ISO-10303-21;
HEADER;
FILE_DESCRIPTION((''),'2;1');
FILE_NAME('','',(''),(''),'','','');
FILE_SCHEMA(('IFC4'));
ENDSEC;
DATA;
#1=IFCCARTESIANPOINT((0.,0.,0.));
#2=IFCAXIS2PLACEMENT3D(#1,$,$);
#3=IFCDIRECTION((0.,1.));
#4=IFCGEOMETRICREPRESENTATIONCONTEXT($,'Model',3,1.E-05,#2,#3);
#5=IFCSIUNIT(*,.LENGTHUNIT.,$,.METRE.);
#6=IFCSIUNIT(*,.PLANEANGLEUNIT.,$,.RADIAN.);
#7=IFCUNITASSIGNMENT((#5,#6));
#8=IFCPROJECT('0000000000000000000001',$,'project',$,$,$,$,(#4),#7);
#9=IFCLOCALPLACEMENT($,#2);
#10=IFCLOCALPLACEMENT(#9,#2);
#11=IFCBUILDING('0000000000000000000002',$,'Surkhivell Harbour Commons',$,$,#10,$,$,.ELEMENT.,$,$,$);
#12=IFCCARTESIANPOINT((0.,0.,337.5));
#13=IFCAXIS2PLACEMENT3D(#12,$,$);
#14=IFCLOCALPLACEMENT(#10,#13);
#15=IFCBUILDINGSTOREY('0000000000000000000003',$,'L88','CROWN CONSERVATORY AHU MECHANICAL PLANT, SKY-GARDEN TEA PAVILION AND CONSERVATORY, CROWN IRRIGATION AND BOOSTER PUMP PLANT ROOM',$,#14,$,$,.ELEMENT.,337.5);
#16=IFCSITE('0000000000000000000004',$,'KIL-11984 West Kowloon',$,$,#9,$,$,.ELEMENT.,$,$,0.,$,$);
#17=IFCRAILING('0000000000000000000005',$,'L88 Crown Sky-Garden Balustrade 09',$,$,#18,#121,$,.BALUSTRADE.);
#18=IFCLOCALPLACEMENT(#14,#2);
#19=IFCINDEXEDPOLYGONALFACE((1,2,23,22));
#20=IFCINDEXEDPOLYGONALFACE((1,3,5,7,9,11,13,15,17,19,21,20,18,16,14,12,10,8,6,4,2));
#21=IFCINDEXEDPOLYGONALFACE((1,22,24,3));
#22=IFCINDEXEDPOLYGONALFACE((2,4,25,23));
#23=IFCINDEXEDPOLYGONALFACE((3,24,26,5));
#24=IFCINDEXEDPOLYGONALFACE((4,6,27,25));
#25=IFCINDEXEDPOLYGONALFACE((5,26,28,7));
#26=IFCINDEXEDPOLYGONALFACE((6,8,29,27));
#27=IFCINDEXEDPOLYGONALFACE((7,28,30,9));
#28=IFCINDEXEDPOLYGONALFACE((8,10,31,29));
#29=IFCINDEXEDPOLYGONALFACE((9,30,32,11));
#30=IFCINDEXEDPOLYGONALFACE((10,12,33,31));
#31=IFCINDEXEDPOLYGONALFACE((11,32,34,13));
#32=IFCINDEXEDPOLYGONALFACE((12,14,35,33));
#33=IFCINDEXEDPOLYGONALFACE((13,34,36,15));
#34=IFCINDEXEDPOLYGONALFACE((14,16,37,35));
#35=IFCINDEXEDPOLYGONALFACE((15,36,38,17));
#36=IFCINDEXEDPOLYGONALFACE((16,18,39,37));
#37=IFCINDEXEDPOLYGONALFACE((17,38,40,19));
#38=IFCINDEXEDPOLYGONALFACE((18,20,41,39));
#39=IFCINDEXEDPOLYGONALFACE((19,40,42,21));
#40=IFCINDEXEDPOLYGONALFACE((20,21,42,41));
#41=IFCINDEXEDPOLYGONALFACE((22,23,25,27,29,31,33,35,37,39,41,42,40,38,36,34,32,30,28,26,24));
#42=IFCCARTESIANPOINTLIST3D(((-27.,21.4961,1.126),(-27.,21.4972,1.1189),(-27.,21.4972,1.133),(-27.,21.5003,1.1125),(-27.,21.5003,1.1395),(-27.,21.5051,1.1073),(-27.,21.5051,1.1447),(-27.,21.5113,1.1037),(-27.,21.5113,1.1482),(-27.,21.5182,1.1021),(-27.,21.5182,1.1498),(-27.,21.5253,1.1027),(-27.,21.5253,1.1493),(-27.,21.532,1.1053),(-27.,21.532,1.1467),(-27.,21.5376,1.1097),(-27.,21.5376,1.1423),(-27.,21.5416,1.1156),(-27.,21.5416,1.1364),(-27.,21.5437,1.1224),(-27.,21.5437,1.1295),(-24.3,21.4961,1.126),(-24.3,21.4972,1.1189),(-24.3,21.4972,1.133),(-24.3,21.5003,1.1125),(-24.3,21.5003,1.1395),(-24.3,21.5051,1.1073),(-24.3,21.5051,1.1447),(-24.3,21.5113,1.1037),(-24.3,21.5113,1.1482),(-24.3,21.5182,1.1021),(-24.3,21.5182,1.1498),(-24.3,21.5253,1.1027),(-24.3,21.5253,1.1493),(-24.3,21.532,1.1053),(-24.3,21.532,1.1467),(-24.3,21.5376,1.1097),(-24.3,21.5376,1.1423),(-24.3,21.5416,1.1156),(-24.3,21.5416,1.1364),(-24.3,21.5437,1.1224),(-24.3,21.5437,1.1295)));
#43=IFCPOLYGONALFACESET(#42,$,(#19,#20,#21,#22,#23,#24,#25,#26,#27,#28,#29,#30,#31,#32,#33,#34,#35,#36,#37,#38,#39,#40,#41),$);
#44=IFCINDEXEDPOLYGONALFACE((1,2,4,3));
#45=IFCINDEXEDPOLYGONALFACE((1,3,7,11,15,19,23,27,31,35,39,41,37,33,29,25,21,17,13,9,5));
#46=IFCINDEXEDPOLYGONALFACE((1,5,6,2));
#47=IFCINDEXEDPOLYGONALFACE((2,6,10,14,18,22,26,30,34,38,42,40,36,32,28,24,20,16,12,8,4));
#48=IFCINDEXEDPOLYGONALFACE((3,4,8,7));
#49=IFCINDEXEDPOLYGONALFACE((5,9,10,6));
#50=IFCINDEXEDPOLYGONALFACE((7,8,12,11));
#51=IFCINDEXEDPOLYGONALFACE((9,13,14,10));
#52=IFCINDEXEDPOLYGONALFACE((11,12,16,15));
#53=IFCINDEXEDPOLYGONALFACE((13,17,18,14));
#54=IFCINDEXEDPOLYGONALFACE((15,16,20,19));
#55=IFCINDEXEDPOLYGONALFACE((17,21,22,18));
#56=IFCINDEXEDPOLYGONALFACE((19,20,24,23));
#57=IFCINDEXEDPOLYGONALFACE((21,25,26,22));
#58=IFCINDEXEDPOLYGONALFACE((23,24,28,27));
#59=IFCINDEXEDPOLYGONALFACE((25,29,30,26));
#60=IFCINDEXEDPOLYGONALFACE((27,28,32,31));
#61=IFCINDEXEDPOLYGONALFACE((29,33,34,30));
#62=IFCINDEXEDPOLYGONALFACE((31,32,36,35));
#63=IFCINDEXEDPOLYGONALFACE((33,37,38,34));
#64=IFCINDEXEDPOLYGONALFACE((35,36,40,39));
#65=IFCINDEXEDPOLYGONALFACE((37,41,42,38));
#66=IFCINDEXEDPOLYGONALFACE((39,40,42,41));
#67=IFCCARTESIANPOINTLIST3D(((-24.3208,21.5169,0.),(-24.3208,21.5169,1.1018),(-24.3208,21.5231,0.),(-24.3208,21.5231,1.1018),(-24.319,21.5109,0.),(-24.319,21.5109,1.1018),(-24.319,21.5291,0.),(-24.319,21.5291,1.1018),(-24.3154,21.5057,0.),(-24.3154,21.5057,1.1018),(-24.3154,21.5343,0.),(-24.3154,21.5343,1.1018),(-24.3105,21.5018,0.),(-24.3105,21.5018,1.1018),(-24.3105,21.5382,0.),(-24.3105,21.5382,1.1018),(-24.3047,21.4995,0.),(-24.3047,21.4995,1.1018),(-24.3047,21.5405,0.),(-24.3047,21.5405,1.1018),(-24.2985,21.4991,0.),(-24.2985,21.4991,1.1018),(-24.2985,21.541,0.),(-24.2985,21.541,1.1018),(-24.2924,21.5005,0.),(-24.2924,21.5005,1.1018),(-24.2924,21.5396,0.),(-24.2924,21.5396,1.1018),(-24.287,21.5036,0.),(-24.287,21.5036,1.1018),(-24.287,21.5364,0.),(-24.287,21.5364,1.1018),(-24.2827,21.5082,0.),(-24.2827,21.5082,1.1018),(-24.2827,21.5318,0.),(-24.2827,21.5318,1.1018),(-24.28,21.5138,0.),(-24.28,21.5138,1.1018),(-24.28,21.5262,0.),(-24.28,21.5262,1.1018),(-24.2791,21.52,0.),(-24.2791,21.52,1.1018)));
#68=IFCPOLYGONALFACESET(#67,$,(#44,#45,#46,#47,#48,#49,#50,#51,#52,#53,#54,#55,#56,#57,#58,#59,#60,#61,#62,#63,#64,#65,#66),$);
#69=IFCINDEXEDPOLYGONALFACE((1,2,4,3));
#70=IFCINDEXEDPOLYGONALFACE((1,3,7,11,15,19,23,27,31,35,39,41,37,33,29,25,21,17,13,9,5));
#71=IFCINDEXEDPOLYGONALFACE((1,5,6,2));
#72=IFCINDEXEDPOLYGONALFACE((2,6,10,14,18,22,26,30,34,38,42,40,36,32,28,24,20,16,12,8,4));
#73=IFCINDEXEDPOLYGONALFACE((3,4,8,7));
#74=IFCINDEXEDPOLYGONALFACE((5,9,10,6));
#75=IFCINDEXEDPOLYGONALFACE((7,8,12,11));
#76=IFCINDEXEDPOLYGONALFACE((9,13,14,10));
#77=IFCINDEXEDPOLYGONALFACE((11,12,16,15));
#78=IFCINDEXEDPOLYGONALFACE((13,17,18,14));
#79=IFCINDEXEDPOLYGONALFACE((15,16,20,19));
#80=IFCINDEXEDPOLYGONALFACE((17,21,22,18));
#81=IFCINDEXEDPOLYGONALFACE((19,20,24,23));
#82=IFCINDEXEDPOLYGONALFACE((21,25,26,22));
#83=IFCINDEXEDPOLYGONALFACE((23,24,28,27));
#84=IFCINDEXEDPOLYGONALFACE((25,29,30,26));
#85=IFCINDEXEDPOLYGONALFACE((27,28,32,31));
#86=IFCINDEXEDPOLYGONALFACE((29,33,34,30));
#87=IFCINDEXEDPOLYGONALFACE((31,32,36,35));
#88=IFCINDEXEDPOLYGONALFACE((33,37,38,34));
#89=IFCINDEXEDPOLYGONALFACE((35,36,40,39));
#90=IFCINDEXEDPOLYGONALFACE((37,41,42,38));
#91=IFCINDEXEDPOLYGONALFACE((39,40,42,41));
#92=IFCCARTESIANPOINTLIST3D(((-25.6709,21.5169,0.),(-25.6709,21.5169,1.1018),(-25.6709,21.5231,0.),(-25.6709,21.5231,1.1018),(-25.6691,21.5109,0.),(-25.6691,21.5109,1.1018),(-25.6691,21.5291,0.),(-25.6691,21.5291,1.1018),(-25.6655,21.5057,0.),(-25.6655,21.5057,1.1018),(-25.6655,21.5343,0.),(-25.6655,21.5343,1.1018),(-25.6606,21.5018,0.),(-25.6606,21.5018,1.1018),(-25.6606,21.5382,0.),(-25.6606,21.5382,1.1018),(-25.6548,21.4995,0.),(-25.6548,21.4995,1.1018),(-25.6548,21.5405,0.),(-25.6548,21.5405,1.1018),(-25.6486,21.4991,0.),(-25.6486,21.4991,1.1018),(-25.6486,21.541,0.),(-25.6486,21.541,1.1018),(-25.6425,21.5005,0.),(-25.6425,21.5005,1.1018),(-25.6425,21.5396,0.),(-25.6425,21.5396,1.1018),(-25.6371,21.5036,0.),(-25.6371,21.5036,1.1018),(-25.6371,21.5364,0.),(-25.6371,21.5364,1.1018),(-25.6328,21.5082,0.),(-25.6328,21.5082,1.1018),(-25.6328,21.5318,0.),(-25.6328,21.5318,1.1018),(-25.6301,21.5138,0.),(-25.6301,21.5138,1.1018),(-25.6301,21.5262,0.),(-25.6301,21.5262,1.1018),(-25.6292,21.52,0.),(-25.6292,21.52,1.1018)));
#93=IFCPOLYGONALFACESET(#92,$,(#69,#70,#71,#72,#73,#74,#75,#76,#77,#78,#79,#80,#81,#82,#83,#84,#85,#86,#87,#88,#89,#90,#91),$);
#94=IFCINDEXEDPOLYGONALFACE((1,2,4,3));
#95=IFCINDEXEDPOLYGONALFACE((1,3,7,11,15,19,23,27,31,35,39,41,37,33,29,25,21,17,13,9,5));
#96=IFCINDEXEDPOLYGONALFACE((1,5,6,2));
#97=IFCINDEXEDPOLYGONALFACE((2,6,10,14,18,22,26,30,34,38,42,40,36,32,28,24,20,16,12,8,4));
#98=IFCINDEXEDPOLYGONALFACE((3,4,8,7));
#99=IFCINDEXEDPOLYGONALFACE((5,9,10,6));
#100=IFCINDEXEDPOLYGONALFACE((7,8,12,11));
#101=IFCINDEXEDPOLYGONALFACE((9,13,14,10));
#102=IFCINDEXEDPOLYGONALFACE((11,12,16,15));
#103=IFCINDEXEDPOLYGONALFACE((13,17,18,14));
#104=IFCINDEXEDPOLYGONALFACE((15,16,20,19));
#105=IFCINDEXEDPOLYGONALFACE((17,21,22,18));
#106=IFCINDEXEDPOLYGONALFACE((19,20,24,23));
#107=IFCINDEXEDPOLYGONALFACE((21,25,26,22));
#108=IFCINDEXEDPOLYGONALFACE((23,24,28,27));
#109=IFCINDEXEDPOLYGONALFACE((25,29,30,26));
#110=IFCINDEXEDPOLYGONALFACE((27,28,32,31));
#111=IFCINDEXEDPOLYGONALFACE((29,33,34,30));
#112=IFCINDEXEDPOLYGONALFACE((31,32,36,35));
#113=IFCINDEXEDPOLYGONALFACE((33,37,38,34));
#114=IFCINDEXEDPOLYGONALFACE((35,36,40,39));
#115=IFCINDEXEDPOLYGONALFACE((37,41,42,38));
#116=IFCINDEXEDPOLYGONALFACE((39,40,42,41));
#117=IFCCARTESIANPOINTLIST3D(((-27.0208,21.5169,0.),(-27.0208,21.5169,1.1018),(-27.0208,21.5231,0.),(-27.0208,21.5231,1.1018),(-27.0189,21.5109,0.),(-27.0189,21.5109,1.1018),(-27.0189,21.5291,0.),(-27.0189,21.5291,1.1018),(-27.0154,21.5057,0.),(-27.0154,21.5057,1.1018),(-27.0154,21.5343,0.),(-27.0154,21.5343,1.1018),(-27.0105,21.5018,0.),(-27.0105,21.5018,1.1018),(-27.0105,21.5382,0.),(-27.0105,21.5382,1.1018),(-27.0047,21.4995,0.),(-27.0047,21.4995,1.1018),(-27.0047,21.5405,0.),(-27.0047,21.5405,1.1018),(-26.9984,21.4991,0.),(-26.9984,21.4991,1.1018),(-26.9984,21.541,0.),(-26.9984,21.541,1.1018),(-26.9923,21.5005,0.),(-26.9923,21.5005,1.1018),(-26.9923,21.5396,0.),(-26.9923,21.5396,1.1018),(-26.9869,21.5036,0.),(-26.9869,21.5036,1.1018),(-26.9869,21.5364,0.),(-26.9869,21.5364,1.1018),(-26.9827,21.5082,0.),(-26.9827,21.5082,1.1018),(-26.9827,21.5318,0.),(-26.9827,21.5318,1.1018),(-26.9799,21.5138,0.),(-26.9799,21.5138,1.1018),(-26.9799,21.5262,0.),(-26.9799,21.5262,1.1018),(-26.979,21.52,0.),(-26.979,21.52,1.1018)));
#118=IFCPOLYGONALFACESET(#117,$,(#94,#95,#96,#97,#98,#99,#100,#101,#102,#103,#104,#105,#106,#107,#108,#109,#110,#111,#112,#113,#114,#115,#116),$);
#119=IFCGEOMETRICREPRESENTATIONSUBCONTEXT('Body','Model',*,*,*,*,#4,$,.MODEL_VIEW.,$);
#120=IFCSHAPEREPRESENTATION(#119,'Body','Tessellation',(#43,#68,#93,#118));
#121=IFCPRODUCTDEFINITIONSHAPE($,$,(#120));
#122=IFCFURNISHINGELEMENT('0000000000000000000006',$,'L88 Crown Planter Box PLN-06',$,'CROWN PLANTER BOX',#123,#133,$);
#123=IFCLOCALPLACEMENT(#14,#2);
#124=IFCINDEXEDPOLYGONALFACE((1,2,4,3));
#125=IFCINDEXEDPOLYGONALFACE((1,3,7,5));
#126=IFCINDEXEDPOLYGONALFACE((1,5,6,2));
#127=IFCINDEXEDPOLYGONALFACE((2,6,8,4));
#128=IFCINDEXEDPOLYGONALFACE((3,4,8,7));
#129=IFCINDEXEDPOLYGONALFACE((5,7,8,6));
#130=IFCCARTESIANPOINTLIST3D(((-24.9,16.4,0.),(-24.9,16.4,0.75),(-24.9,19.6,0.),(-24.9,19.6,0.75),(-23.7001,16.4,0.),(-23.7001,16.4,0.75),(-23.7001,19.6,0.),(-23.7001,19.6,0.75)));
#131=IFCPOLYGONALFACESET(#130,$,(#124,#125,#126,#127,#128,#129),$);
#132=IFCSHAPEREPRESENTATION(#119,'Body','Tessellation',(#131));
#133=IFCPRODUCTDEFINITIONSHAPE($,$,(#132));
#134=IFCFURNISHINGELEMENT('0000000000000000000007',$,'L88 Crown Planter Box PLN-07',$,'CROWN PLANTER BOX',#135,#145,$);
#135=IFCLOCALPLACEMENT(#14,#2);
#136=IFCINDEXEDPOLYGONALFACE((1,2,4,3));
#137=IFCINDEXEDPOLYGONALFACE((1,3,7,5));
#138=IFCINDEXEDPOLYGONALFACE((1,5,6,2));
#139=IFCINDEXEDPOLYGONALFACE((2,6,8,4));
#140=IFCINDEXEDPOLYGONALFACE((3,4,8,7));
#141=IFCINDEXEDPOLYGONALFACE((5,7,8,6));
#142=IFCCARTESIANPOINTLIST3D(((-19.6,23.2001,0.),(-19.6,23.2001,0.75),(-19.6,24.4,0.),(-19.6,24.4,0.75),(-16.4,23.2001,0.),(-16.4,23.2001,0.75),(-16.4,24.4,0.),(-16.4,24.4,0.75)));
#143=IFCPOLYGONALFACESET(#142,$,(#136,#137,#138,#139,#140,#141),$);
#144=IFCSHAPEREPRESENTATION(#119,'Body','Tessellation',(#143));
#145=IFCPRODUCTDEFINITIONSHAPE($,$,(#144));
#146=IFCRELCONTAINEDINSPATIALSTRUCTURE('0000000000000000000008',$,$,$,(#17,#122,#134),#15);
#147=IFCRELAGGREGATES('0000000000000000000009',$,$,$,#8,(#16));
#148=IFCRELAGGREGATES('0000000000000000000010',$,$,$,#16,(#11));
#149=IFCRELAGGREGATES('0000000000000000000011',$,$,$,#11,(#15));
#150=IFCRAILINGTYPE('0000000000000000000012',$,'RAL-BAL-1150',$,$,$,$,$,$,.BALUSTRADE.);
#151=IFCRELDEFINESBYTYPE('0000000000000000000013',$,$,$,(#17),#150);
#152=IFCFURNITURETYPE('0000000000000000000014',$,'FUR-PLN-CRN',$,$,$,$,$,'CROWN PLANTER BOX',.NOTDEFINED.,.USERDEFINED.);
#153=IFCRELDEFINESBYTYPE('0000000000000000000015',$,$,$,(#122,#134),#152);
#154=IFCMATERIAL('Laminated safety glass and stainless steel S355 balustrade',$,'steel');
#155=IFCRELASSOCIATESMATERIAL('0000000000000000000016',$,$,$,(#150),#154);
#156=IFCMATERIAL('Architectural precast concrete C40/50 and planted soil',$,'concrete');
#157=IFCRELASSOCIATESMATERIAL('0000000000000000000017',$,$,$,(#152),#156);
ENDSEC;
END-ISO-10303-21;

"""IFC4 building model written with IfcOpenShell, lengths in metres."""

from ifc_helpers import new_model, si_unit, direction, frame, origin, origin_2d, place, context, subcontext, project, spatial, rectangle, circle, extrude, material, type_object, element, save


model = new_model("IFC4")

# Units and contexts
model_context = context("Model", 3, precision=1e-05, world=origin(), true_north=direction((0.0, 1.0)))
body_context = subcontext(model_context, "Body", "Model", "MODEL_VIEW")
ifc_project = project(units=[si_unit("LENGTHUNIT", "METRE"), si_unit("PLANEANGLEUNIT", "RADIAN")], contexts=[model_context])

# Site, building, storey
site_placement = place(None, origin())
site = spatial("IfcSite", under=ifc_project, at=site_placement, Name="KIL-11984 West Kowloon", CompositionType="ELEMENT", RefElevation=0.0)
building_placement = place(site_placement, origin())
building = spatial("IfcBuilding", under=site, at=building_placement, Name="Surkhivell Harbour Commons", CompositionType="ELEMENT")
storey_placement = place(building_placement, frame((0.0, 0.0, 337.5)))
storey = spatial("IfcBuildingStorey", under=building, at=storey_placement, Name="L88", Description="CROWN CONSERVATORY AHU MECHANICAL PLANT, SKY-GARDEN TEA PAVILION AND CONSERVATORY, CROWN IRRIGATION AND BOOSTER PUMP PLANT ROOM", CompositionType="ELEMENT", Elevation=337.5)

# Railing
ifc_material_1 = material(Name="Laminated safety glass and stainless steel S355 balustrade", Category="steel")
railing_type = type_object("IfcRailingType", Name="RAL-BAL-1150", PredefinedType="BALUSTRADE", material=ifc_material_1)
railing_1_placement = place(storey_placement, frame((-24.3, 21.52, 0.0)))
element("IfcRailing", 1, at=railing_1_placement, inside=storey, type_object=railing_type, Name="L88 Crown Sky-Garden Balustrade 09", PredefinedType="BALUSTRADE", context=body_context, shape_type="SweptSolid", body=[
    extrude(circle(Radius=0.0239, at=origin_2d()), frame((0.0, 0.0, 1.126), z_axis=(-1.0, 0.0, 0.0), x_axis=(0.0, -1.0, 0.0)), (0.0, 0.0, 1.0), 2.7),
    extrude(circle(Radius=0.021, at=origin_2d()), origin(), (0.0, 0.0, 1.0), 1.1018),
    extrude(circle(Radius=0.021, at=origin_2d()), frame((-1.3501, 0.0, 0.0)), (0.0, 0.0, 1.0), 1.1018),
    extrude(circle(Radius=0.021, at=origin_2d()), frame((-2.7, 0.0, 0.0)), (0.0, 0.0, 1.0), 1.1018),
])

# Furnishing elements
ifc_material_2 = material(Name="Architectural precast concrete C40/50 and planted soil", Category="concrete")
furniture_type = type_object("IfcFurnitureType", Name="FUR-PLN-CRN", ElementType="CROWN PLANTER BOX", AssemblyPlace="NOTDEFINED", PredefinedType="USERDEFINED", material=ifc_material_2)
for number, where, z_axis, x_axis, name in (
    (2, (-24.3, 18.0, 0.0), (0.0, 0.0, 1.0), (0.0, 1.0, 0.0), "L88 Crown Planter Box PLN-06"),
    (3, (-18.0, 23.8, 0.0), (0.0, 0.0, 1.0), (1.0, 0.0, 0.0), "L88 Crown Planter Box PLN-07"),
):
    element("IfcFurnishingElement", number, at=place(storey_placement, frame(where, z_axis=z_axis, x_axis=x_axis)), inside=storey, type_object=furniture_type, Name=name, ObjectType="CROWN PLANTER BOX", context=body_context, shape_type="SweptSolid", body=[
        extrude(rectangle(XDim=3.2, YDim=1.2, at=origin_2d()), origin(), (0.0, 0.0, 1.0), 0.75),
    ])

save(model, "model.ifc")
